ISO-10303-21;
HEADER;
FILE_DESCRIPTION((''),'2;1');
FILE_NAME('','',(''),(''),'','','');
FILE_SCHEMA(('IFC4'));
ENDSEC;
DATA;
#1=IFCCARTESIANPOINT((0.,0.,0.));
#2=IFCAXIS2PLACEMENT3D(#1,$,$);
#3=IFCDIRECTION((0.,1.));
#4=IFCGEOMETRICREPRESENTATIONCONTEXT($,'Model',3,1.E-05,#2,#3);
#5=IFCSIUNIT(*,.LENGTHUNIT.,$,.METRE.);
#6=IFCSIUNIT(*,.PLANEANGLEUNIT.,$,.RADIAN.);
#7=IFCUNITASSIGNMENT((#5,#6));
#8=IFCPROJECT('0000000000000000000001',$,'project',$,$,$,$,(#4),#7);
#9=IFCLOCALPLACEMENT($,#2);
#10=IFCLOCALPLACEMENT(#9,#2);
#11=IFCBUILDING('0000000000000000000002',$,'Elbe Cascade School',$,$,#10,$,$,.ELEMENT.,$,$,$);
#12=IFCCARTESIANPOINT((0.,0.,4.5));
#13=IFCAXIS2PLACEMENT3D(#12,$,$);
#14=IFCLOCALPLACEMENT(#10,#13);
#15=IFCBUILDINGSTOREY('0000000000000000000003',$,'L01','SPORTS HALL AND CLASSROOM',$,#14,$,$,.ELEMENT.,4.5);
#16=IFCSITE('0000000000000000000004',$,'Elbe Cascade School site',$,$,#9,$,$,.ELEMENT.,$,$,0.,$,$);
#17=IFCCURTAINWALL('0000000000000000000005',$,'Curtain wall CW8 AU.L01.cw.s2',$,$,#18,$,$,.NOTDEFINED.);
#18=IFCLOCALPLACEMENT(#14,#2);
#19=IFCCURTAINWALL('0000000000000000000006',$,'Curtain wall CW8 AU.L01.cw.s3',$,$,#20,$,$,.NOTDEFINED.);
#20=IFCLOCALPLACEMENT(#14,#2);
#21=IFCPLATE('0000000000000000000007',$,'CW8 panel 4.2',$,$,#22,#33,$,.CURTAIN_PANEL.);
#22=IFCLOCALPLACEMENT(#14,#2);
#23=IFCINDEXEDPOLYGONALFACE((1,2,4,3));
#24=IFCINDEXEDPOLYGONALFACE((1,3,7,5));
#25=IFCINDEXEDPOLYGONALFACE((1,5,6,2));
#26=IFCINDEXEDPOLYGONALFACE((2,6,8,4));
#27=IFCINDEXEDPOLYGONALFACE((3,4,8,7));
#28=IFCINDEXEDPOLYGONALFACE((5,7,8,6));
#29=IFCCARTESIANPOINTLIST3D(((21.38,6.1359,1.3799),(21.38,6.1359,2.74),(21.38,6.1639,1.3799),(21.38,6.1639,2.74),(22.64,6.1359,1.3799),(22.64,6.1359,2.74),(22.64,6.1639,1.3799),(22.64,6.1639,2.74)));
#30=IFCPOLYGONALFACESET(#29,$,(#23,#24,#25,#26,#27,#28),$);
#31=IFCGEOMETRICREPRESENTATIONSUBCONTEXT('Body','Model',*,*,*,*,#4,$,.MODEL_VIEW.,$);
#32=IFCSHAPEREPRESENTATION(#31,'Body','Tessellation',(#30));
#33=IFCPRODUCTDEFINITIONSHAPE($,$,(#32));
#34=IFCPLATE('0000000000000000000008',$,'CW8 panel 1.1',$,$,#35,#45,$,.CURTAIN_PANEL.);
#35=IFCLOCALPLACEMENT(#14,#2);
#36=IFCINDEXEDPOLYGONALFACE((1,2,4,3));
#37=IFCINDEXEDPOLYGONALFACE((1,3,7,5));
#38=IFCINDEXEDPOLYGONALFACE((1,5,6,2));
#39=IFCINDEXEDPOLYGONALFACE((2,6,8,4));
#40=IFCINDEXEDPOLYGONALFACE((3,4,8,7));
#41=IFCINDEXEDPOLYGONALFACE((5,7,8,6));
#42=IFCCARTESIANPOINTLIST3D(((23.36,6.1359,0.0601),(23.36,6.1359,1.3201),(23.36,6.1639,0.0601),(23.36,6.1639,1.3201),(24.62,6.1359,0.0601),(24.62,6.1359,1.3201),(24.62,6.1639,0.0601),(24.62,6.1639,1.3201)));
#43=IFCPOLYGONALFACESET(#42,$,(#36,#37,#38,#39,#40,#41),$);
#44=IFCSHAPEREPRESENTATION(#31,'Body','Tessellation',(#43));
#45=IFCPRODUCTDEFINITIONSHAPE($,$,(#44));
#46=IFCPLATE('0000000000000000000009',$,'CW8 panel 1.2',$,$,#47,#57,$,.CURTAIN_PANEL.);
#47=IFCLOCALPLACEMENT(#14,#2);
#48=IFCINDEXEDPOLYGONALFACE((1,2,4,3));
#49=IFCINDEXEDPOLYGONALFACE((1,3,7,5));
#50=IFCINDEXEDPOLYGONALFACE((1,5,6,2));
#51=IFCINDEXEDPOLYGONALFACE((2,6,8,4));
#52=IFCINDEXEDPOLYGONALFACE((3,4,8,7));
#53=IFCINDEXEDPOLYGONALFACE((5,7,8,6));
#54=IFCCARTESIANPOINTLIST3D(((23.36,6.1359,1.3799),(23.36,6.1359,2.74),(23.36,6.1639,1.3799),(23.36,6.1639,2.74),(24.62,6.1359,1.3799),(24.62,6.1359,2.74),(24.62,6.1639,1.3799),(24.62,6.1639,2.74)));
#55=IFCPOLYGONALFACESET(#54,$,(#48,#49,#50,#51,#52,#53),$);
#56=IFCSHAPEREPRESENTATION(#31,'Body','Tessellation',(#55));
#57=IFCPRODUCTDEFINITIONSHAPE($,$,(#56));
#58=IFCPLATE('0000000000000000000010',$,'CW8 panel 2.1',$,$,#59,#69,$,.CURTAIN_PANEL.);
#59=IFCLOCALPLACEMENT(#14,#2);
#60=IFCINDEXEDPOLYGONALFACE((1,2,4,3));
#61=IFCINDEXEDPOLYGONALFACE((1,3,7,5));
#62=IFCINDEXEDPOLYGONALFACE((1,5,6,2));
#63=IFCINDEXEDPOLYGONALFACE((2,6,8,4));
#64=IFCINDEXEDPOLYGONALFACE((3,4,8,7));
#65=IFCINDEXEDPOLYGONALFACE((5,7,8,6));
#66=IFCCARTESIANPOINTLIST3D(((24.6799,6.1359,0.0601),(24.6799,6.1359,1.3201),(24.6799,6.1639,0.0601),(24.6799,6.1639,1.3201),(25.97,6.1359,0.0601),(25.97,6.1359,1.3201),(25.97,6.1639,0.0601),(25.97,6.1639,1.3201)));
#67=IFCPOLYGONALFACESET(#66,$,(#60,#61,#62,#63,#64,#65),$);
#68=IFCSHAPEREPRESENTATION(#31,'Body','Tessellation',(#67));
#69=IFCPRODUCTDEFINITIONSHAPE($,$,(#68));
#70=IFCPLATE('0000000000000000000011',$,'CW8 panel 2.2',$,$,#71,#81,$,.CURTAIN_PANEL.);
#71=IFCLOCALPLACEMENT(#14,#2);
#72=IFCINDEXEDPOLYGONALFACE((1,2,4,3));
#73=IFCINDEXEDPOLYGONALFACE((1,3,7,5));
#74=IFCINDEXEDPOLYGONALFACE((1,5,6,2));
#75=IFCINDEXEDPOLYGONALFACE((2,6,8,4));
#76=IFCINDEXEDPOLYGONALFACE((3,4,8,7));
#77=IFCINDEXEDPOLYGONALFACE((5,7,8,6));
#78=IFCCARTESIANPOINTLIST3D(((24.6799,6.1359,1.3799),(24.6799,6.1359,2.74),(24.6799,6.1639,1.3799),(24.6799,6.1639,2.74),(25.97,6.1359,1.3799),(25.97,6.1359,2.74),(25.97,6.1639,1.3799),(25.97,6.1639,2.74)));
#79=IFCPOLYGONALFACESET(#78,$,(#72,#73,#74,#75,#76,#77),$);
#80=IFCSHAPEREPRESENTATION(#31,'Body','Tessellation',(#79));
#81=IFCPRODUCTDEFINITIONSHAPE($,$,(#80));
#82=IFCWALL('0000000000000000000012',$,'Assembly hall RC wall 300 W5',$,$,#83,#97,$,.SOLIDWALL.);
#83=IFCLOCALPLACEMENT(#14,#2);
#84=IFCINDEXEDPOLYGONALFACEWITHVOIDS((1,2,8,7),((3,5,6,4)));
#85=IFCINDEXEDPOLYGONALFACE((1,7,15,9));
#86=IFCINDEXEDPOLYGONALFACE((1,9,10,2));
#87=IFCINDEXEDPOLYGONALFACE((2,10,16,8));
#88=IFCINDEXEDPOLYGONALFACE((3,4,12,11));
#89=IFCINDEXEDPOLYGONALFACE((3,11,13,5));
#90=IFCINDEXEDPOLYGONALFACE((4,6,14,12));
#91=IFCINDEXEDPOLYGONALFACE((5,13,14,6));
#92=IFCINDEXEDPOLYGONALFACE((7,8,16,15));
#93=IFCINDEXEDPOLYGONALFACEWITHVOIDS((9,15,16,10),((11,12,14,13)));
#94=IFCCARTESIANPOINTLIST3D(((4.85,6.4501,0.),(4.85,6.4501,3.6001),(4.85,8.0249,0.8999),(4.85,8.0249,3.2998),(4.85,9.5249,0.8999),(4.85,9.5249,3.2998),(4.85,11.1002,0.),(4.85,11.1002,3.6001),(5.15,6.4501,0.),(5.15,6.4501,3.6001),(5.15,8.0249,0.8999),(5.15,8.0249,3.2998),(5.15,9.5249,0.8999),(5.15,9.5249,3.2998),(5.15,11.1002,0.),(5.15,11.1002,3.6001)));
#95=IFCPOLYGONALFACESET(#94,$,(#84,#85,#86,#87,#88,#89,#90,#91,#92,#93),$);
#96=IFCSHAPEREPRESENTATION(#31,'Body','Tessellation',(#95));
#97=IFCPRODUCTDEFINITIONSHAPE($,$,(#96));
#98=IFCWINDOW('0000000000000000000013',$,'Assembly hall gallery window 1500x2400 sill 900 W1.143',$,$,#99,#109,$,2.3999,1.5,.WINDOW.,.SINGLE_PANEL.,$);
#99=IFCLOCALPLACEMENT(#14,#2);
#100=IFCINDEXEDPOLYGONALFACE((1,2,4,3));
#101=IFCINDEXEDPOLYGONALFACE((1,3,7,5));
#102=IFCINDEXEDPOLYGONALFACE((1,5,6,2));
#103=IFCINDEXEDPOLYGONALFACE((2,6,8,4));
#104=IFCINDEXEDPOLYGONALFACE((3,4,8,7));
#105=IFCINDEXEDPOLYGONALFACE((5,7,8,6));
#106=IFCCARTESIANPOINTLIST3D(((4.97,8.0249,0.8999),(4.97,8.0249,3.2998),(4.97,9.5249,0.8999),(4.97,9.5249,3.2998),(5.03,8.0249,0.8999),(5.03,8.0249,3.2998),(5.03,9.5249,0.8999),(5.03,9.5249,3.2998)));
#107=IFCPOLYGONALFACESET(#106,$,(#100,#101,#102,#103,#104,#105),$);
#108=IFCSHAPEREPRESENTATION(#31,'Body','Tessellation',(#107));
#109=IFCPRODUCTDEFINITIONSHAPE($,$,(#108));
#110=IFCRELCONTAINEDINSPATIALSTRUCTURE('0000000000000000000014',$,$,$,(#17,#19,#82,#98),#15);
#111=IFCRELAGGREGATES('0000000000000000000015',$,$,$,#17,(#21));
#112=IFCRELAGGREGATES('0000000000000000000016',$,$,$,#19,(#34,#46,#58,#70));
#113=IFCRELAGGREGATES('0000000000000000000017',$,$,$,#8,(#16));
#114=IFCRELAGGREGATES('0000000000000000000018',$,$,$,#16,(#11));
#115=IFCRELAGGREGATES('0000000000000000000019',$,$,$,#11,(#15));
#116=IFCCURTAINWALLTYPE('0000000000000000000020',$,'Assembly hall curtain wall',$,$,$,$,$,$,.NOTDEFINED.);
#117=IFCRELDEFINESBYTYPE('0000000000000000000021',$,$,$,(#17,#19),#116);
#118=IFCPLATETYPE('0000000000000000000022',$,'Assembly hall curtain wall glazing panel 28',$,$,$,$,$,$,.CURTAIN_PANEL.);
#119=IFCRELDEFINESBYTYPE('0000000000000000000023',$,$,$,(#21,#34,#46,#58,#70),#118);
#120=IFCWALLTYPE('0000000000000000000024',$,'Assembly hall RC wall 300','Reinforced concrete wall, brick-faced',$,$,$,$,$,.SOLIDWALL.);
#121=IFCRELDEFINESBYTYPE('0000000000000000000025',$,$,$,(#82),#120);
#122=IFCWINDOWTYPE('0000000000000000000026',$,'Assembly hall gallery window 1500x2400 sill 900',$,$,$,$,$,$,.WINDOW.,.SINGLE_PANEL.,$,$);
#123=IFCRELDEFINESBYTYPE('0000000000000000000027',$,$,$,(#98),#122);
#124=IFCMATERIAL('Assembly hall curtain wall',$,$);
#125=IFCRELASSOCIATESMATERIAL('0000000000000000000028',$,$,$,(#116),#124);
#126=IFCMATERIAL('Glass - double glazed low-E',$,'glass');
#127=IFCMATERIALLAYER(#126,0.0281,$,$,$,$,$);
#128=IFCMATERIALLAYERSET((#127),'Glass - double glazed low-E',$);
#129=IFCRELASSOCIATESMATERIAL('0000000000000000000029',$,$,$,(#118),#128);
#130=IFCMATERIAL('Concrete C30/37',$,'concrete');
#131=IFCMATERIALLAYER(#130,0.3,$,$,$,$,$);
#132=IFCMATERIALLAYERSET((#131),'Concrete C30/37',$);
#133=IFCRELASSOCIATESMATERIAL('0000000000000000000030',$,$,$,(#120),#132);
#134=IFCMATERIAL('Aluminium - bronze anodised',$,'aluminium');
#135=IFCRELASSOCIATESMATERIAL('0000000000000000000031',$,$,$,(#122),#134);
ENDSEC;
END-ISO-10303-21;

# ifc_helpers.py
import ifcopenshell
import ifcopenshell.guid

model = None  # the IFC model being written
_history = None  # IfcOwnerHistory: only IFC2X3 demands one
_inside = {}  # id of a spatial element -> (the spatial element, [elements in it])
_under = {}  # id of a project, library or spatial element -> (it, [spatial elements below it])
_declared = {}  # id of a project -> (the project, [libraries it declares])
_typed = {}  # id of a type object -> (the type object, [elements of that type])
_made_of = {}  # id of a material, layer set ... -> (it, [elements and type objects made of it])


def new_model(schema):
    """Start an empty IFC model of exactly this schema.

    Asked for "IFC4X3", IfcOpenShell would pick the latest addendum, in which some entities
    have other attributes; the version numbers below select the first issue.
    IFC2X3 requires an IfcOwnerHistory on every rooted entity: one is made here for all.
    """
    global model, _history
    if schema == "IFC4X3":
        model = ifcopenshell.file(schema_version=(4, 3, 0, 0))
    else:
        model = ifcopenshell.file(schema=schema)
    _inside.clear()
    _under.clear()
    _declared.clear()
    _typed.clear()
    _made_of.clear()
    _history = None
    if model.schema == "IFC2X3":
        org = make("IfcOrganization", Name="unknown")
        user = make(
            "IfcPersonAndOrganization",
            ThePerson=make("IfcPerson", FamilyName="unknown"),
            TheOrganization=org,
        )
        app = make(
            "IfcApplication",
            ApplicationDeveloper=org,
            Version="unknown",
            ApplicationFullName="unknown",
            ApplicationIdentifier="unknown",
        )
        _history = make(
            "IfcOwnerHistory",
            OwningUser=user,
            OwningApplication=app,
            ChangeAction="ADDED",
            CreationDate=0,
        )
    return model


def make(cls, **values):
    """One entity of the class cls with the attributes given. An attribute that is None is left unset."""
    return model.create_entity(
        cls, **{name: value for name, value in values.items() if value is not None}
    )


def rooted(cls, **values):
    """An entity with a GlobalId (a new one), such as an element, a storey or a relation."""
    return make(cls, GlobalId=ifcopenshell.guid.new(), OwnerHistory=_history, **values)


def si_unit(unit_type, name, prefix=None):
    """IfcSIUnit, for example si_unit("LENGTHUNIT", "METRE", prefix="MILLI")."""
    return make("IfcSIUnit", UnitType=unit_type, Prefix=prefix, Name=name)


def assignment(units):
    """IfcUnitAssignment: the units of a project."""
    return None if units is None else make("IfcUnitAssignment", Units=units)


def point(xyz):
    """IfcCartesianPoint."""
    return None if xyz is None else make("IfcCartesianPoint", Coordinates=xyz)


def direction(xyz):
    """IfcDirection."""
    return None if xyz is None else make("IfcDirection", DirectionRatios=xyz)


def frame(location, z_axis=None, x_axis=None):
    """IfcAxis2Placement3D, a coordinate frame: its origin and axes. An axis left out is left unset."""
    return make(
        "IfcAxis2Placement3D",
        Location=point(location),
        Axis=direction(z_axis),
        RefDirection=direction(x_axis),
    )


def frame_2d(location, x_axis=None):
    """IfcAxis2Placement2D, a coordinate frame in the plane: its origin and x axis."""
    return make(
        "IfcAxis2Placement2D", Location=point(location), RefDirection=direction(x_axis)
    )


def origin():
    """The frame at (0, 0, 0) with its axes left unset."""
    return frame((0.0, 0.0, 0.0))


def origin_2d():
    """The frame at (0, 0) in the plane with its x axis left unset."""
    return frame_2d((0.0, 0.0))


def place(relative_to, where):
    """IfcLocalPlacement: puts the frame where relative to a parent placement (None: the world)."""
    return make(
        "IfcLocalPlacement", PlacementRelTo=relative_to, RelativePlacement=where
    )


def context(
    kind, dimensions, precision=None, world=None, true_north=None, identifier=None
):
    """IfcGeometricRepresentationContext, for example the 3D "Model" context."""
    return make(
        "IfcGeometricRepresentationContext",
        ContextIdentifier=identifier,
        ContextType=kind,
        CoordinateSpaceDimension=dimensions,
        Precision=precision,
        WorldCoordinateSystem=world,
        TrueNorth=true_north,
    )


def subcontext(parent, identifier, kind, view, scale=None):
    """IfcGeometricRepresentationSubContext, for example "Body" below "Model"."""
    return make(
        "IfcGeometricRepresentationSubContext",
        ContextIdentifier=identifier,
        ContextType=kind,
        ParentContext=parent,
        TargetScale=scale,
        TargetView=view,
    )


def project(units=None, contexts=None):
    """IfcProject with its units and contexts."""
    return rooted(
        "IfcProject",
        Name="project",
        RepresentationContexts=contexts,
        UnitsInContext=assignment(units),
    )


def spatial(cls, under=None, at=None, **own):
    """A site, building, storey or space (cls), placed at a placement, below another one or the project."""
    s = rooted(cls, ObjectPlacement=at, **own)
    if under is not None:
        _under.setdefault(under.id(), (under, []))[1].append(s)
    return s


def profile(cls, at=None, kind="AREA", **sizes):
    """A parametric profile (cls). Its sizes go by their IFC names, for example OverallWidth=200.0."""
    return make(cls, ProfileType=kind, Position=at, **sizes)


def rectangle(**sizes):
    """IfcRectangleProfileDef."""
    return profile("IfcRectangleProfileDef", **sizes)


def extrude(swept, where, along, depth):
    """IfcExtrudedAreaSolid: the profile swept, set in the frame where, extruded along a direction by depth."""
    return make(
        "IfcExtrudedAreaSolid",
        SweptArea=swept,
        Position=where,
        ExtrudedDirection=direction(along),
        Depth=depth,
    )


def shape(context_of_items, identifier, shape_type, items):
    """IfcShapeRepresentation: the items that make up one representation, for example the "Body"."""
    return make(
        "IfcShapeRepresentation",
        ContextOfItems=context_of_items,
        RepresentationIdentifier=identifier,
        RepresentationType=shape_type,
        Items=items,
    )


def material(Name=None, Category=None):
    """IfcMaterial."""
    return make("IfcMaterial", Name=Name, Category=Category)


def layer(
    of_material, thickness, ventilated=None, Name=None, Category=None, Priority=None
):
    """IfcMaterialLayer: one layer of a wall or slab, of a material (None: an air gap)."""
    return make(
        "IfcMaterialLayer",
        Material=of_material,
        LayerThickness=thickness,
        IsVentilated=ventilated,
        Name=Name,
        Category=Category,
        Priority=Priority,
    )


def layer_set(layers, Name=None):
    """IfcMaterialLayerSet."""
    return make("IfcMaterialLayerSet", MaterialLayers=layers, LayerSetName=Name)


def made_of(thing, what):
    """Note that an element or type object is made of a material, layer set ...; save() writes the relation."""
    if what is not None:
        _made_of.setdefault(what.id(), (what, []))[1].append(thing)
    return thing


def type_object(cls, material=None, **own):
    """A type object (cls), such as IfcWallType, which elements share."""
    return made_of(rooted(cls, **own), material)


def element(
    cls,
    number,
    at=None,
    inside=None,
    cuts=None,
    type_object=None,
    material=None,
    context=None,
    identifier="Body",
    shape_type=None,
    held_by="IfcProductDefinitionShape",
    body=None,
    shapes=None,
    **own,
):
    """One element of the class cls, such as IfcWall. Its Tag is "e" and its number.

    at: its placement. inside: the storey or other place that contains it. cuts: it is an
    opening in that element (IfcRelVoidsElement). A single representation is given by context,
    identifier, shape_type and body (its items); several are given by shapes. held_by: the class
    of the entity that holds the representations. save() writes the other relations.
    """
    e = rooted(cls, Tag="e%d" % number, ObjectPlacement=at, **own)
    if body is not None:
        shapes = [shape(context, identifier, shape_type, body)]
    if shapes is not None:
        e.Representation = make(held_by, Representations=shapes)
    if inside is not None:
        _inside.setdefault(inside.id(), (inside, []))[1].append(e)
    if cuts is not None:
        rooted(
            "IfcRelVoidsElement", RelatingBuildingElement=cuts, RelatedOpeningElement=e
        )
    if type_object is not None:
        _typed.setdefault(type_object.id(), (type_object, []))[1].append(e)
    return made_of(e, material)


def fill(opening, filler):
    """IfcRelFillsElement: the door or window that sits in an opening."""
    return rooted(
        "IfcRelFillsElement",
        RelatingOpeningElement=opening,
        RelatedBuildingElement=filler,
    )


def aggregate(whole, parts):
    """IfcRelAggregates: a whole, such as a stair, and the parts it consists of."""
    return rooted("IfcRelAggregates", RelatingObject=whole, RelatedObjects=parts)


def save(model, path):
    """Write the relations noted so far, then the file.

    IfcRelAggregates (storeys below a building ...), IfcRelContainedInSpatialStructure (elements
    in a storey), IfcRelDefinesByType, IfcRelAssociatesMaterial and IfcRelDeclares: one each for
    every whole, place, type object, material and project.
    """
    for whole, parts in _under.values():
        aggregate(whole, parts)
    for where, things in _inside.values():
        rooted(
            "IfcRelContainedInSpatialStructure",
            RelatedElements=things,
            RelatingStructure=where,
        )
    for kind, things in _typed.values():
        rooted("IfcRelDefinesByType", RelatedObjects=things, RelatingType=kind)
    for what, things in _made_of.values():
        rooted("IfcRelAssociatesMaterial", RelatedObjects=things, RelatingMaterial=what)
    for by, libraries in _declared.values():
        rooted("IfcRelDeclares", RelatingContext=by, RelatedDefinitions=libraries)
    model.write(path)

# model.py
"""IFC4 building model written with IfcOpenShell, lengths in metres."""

from ifc_helpers import new_model, si_unit, direction, frame, frame_2d, origin, origin_2d, place, context, subcontext, project, spatial, rectangle, extrude, material, layer, layer_set, type_object, element, fill, aggregate, save


model = new_model("IFC4")

# Units and contexts
model_context = context("Model", 3, precision=1e-05, world=origin(), true_north=direction((0.0, 1.0)))
body_context = subcontext(model_context, "Body", "Model", "MODEL_VIEW")
ifc_project = project(units=[si_unit("LENGTHUNIT", "METRE"), si_unit("PLANEANGLEUNIT", "RADIAN")], contexts=[model_context])

# Site, building, storey
site_placement = place(None, origin())
site = spatial("IfcSite", under=ifc_project, at=site_placement, Name="Elbe Cascade School site", CompositionType="ELEMENT", RefElevation=0.0)
building_placement = place(site_placement, origin())
building = spatial("IfcBuilding", under=site, at=building_placement, Name="Elbe Cascade School", CompositionType="ELEMENT")
storey_placement = place(building_placement, frame((0.0, 0.0, 4.5)))
storey = spatial("IfcBuildingStorey", under=building, at=storey_placement, Name="L01", Description="SPORTS HALL AND CLASSROOM", CompositionType="ELEMENT", Elevation=4.5)

# Curtain wall
ifc_material_1 = material(Name="Assembly hall curtain wall")
curtain_wall_type = type_object("IfcCurtainWallType", Name="Assembly hall curtain wall", PredefinedType="NOTDEFINED", material=ifc_material_1)
curtain_wall_1_placement = place(storey_placement, origin())
curtain_wall_1 = element("IfcCurtainWall", 1, at=curtain_wall_1_placement, inside=storey, type_object=curtain_wall_type, Name="Curtain wall CW8 AU.L01.cw.s2", PredefinedType="NOTDEFINED")

# Curtain wall
curtain_wall_2_placement = place(storey_placement, origin())
curtain_wall_2 = element("IfcCurtainWall", 2, at=curtain_wall_2_placement, inside=storey, type_object=curtain_wall_type, Name="Curtain wall CW8 AU.L01.cw.s3", PredefinedType="NOTDEFINED")

# Plates
ifc_material_2 = material(Name="Glass - double glazed low-E", Category="glass")
ifc_layer_1 = layer(ifc_material_2, 0.0281)
ifc_layer_set_1 = layer_set([ifc_layer_1], Name="Glass - double glazed low-E")
plate_type = type_object("IfcPlateType", Name="Assembly hall curtain wall glazing panel 28", PredefinedType="CURTAIN_PANEL", material=ifc_layer_set_1)
plate_1_placement = place(storey_placement, frame((22.01, 6.1499, 1.3799), z_axis=(0.0, 0.0, 1.0), x_axis=(1.0, 0.0, 0.0)))
plate_1 = element("IfcPlate", 3, at=plate_1_placement, type_object=plate_type, Name="CW8 panel 4.2", PredefinedType="CURTAIN_PANEL", context=body_context, shape_type="SweptSolid", body=[
    extrude(rectangle(XDim=1.26, YDim=0.0281, at=origin_2d()), origin(), (0.0, 0.0, 1.0), 1.3601),
])
aggregate(curtain_wall_1, [plate_1])
plate_2_placement = place(storey_placement, frame((23.99, 6.1499, 0.0601), z_axis=(0.0, 0.0, 1.0), x_axis=(1.0, 0.0, 0.0)))
plate_2 = element("IfcPlate", 4, at=plate_2_placement, type_object=plate_type, Name="CW8 panel 1.1", PredefinedType="CURTAIN_PANEL", context=body_context, shape_type="SweptSolid", body=[
    extrude(rectangle(XDim=1.26, YDim=0.0281, at=origin_2d()), origin(), (0.0, 0.0, 1.0), 1.26),
])
plate_3_placement = place(storey_placement, frame((23.99, 6.1499, 1.3799), z_axis=(0.0, 0.0, 1.0), x_axis=(1.0, 0.0, 0.0)))
plate_3 = element("IfcPlate", 5, at=plate_3_placement, type_object=plate_type, Name="CW8 panel 1.2", PredefinedType="CURTAIN_PANEL", context=body_context, shape_type="SweptSolid", body=[
    extrude(rectangle(XDim=1.26, YDim=0.0281, at=origin_2d()), origin(), (0.0, 0.0, 1.0), 1.3601),
])
plate_4_placement = place(storey_placement, frame((25.325, 6.1499, 0.0601), z_axis=(0.0, 0.0, 1.0), x_axis=(1.0, 0.0, 0.0)))
plate_4 = element("IfcPlate", 6, at=plate_4_placement, type_object=plate_type, Name="CW8 panel 2.1", PredefinedType="CURTAIN_PANEL", context=body_context, shape_type="SweptSolid", body=[
    extrude(rectangle(XDim=1.29, YDim=0.0281, at=origin_2d()), origin(), (0.0, 0.0, 1.0), 1.26),
])
plate_5_placement = place(storey_placement, frame((25.325, 6.1499, 1.3799), z_axis=(0.0, 0.0, 1.0), x_axis=(1.0, 0.0, 0.0)))
plate_5 = element("IfcPlate", 7, at=plate_5_placement, type_object=plate_type, Name="CW8 panel 2.2", PredefinedType="CURTAIN_PANEL", context=body_context, shape_type="SweptSolid", body=[
    extrude(rectangle(XDim=1.29, YDim=0.0281, at=origin_2d()), origin(), (0.0, 0.0, 1.0), 1.3601),
])
aggregate(curtain_wall_2, [plate_2, plate_3, plate_4, plate_5])

# Wall, opening, window
ifc_material_3 = material(Name="Concrete C30/37", Category="concrete")
ifc_layer_2 = layer(ifc_material_3, 0.3)
ifc_layer_set_2 = layer_set([ifc_layer_2], Name="Concrete C30/37")
wall_type = type_object("IfcWallType", Name="Assembly hall RC wall 300", Description="Reinforced concrete wall, brick-faced", PredefinedType="SOLIDWALL", material=ifc_layer_set_2)
wall_placement = place(storey_placement, frame((5.0, 6.45, 0.0), z_axis=(0.0, 0.0, 1.0), x_axis=(0.0, 1.0, 0.0)))
wall = element("IfcWall", 8, at=wall_placement, inside=storey, type_object=wall_type, Name="Assembly hall RC wall 300 W5", PredefinedType="SOLIDWALL", context=body_context, shape_type="SweptSolid", body=[
    extrude(rectangle(XDim=4.6501, YDim=0.3, at=frame_2d((2.3252, 0.0))), origin(), (0.0, 0.0, 1.0), 3.6001),
])
opening_placement = place(wall_placement, frame((1.575, 0.0, 0.8999)))
opening = element("IfcOpeningElement", 9, at=opening_placement, cuts=wall, PredefinedType="OPENING", context=body_context, shape_type="SweptSolid", body=[
    extrude(rectangle(XDim=1.5, YDim=2.3999, at=frame_2d((0.75, 1.2))), frame((0.0, 0.1599, 0.0), z_axis=(0.0, -1.0, 0.0), x_axis=(1.0, 0.0, 0.0)), (0.0, 0.0, 1.0), 0.3201),
])
ifc_material_4 = material(Name="Aluminium - bronze anodised", Category="aluminium")
window_type = type_object("IfcWindowType", Name="Assembly hall gallery window 1500x2400 sill 900", PartitioningType="SINGLE_PANEL", PredefinedType="WINDOW", material=ifc_material_4)
window_placement = place(opening_placement, origin())
window = element("IfcWindow", 10, at=window_placement, inside=storey, type_object=window_type, Name="Assembly hall gallery window 1500x2400 sill 900 W1.143", OverallHeight=2.3999, OverallWidth=1.5, PartitioningType="SINGLE_PANEL", PredefinedType="WINDOW", context=body_context, shape_type="SweptSolid", body=[
    extrude(rectangle(XDim=1.5, YDim=2.3999, at=frame_2d((0.75, 1.2))), frame((0.0, 0.03, 0.0), z_axis=(0.0, -1.0, 0.0), x_axis=(1.0, 0.0, 0.0)), (0.0, 0.0, 1.0), 0.0601),
])
fill(opening, window)

save(model, "model.ifc")
